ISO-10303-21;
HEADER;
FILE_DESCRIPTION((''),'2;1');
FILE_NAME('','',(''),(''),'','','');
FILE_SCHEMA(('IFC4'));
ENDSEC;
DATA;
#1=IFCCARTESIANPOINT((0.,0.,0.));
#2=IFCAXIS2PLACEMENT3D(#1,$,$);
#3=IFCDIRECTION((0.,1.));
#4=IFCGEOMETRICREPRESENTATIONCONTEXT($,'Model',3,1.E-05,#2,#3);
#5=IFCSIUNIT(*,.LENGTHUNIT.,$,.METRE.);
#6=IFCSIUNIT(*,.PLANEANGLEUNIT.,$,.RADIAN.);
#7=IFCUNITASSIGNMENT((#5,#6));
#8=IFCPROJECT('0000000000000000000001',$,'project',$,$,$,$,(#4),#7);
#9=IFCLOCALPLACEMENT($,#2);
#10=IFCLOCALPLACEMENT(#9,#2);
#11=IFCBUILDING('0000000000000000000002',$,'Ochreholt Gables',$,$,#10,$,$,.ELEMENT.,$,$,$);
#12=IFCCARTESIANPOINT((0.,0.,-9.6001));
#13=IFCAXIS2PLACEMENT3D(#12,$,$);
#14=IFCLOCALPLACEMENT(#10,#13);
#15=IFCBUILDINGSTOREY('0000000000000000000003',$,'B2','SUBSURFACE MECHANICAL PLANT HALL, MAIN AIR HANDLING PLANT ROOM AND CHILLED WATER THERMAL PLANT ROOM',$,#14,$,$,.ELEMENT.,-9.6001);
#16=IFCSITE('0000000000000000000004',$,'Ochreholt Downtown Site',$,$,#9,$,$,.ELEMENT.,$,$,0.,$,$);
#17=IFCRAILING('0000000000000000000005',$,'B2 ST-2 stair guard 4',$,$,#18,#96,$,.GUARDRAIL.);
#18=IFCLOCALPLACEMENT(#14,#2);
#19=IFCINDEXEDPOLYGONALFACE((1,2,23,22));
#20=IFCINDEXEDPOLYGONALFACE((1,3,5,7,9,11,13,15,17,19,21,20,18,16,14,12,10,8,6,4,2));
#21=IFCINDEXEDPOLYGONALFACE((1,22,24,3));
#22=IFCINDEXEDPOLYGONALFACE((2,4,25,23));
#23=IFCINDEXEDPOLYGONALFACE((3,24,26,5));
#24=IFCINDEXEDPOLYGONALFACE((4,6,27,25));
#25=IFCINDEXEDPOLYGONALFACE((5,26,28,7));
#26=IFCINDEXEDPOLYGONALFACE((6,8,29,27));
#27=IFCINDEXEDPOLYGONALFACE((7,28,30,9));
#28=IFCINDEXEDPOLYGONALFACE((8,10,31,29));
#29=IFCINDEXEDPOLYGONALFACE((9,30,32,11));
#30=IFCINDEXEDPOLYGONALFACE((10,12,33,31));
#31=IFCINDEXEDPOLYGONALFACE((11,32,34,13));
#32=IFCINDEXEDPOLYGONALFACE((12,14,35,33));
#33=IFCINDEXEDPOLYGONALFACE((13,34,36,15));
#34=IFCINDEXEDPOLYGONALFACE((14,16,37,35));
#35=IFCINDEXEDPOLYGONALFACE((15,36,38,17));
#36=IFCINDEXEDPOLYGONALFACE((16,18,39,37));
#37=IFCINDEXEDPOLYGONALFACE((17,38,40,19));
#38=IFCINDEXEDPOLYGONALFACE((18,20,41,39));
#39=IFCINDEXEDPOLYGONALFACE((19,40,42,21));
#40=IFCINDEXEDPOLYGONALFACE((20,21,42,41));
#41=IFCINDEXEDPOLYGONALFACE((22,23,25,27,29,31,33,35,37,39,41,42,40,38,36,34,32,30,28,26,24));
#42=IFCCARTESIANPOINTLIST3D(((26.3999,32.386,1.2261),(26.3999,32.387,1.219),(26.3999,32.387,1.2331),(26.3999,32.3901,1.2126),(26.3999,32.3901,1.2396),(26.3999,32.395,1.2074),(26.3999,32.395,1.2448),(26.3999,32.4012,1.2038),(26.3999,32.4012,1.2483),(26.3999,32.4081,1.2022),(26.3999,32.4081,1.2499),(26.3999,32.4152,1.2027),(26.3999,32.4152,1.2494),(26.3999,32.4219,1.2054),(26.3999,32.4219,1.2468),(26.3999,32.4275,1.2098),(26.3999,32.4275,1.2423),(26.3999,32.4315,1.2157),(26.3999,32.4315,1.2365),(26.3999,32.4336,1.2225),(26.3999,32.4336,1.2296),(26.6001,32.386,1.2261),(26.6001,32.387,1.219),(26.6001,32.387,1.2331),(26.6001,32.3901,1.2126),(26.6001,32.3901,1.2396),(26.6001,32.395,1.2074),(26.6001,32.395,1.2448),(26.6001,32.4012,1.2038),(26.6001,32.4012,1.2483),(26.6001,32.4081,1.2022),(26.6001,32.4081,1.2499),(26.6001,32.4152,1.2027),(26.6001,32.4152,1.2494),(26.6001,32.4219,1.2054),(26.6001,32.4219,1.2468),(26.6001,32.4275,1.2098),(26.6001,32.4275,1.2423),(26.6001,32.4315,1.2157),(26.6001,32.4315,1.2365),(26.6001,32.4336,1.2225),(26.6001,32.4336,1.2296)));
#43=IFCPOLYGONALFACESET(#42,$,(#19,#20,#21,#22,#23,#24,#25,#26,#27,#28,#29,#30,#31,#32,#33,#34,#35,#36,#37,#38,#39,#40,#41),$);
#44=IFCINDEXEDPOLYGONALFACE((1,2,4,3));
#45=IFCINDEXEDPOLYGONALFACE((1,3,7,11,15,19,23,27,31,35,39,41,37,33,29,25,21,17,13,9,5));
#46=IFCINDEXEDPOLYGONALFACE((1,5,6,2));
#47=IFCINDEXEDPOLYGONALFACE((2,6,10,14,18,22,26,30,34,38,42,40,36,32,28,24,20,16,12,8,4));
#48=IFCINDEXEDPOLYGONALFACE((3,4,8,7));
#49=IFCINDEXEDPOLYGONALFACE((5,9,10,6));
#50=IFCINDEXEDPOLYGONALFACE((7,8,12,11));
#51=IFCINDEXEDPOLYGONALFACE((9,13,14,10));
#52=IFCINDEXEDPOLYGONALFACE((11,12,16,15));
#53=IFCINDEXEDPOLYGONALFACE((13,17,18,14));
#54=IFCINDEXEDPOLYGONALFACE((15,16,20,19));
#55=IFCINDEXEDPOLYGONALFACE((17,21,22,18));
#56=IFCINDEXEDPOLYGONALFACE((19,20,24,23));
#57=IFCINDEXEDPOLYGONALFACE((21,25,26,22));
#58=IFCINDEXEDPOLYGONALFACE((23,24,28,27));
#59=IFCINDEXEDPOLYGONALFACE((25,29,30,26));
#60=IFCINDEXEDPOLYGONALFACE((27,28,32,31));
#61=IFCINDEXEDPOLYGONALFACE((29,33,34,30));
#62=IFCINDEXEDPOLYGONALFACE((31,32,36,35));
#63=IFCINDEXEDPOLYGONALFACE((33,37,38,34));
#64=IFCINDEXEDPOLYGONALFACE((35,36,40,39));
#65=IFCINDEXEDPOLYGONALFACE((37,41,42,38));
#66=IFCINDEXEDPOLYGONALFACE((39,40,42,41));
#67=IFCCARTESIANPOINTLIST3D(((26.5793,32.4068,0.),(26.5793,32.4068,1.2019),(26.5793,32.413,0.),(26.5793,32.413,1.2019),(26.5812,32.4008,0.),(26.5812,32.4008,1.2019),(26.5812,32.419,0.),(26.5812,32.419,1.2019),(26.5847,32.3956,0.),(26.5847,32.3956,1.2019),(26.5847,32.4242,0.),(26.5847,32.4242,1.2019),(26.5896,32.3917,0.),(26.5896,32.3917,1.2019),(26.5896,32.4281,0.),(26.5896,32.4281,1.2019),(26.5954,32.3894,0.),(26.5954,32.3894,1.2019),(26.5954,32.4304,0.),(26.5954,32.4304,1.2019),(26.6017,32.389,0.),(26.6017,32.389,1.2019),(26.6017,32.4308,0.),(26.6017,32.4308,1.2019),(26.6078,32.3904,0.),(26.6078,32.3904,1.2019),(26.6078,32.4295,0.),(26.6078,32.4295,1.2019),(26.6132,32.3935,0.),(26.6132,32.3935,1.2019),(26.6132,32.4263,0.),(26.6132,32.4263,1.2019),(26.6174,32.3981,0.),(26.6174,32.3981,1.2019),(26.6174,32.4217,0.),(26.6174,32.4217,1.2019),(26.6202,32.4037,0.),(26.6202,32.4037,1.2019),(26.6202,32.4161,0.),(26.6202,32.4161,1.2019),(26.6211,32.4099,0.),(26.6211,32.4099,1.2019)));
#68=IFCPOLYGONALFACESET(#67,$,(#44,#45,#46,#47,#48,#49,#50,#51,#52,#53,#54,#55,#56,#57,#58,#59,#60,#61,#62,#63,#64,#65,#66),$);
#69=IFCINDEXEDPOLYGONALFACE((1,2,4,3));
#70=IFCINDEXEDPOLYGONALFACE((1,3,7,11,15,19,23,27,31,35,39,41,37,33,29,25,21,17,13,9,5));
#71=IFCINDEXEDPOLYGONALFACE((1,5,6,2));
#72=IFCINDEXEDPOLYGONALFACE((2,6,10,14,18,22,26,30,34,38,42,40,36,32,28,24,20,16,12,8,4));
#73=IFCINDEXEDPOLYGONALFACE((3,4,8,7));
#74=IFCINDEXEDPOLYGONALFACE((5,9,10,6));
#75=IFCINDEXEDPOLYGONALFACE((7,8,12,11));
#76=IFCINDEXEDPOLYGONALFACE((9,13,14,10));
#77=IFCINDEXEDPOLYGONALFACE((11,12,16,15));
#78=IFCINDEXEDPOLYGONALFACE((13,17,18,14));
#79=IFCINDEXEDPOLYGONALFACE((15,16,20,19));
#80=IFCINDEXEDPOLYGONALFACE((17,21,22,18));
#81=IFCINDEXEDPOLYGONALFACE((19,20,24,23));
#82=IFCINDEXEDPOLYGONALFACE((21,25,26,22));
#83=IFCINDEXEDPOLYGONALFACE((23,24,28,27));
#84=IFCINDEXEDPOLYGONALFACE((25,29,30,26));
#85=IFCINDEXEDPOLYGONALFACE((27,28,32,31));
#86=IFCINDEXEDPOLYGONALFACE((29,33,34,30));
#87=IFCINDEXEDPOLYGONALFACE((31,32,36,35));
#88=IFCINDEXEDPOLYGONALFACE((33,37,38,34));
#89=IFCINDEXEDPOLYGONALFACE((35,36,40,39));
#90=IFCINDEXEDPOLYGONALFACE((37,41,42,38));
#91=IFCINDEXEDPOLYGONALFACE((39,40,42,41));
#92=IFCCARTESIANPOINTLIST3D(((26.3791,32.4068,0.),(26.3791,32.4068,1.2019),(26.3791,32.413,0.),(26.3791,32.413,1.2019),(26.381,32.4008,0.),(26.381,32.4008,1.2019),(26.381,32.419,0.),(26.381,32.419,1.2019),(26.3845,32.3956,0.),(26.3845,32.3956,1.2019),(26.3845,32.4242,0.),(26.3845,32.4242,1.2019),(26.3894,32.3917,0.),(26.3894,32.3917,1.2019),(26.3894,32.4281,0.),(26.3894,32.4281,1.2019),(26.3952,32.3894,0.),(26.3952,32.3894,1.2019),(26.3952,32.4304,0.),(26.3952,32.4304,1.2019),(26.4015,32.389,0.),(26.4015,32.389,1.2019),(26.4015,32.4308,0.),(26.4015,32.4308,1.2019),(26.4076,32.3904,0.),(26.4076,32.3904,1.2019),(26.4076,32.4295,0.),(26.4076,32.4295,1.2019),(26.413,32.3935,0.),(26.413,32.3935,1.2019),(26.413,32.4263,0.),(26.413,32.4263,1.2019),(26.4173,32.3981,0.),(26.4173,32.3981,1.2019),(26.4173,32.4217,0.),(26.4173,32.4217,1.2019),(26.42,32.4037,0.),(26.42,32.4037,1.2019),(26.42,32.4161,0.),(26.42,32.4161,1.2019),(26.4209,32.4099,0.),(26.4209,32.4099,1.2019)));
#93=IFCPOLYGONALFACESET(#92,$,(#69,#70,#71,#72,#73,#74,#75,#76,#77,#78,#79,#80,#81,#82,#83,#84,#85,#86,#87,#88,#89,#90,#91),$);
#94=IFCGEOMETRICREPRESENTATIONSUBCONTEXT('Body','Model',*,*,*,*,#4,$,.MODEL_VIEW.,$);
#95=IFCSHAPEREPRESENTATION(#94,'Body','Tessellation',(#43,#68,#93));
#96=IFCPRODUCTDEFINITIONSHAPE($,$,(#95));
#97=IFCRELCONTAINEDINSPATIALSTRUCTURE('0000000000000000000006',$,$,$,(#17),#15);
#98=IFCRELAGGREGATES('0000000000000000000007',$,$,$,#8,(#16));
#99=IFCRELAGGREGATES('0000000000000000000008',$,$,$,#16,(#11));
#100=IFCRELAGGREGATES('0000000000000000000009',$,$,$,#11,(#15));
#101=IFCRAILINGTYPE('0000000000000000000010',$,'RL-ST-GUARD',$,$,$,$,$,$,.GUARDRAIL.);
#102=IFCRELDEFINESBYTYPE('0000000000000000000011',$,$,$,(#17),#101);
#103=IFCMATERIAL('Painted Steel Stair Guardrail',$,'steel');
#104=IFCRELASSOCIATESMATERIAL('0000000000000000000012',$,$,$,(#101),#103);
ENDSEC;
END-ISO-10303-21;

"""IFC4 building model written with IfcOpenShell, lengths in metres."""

from ifc_helpers import new_model, si_unit, direction, frame, origin, origin_2d, place, context, subcontext, project, spatial, circle, extrude, material, type_object, element, save


model = new_model("IFC4")

# Units and contexts
model_context = context("Model", 3, precision=1e-05, world=origin(), true_north=direction((0.0, 1.0)))
body_context = subcontext(model_context, "Body", "Model", "MODEL_VIEW")
ifc_project = project(units=[si_unit("LENGTHUNIT", "METRE"), si_unit("PLANEANGLEUNIT", "RADIAN")], contexts=[model_context])

# Site, building, storey
site_placement = place(None, origin())
site = spatial("IfcSite", under=ifc_project, at=site_placement, Name="Ochreholt Downtown Site", CompositionType="ELEMENT", RefElevation=0.0)
building_placement = place(site_placement, origin())
building = spatial("IfcBuilding", under=site, at=building_placement, Name="Ochreholt Gables", CompositionType="ELEMENT")
storey_placement = place(building_placement, frame((0.0, 0.0, -9.6001)))
storey = spatial("IfcBuildingStorey", under=building, at=storey_placement, Name="B2", Description="SUBSURFACE MECHANICAL PLANT HALL, MAIN AIR HANDLING PLANT ROOM AND CHILLED WATER THERMAL PLANT ROOM", CompositionType="ELEMENT", Elevation=-9.6001)

# Railing
ifc_material_1 = material(Name="Painted Steel Stair Guardrail", Category="steel")
railing_type_1 = type_object("IfcRailingType", Name="RL-ST-GUARD", PredefinedType="GUARDRAIL", material=ifc_material_1)
railing_1_placement = place(storey_placement, frame((26.6001, 32.4099, 0.0)))
element("IfcRailing", 1, at=railing_1_placement, inside=storey, type_object=railing_type_1, Name="B2 ST-2 stair guard 4", PredefinedType="GUARDRAIL", context=body_context, shape_type="SweptSolid", body=[
    extrude(circle(Radius=0.0239, at=origin_2d()), frame((0.0, 0.0, 1.2261), z_axis=(-1.0, 0.0, 0.0), x_axis=(0.0, -1.0, 0.0)), (0.0, 0.0, 1.0), 0.2002),
    extrude(circle(Radius=0.021, at=origin_2d()), origin(), (0.0, 0.0, 1.0), 1.2019),
    extrude(circle(Radius=0.021, at=origin_2d()), frame((-0.2002, 0.0, 0.0)), (0.0, 0.0, 1.0), 1.2019),
])

save(model, "model.ifc")
